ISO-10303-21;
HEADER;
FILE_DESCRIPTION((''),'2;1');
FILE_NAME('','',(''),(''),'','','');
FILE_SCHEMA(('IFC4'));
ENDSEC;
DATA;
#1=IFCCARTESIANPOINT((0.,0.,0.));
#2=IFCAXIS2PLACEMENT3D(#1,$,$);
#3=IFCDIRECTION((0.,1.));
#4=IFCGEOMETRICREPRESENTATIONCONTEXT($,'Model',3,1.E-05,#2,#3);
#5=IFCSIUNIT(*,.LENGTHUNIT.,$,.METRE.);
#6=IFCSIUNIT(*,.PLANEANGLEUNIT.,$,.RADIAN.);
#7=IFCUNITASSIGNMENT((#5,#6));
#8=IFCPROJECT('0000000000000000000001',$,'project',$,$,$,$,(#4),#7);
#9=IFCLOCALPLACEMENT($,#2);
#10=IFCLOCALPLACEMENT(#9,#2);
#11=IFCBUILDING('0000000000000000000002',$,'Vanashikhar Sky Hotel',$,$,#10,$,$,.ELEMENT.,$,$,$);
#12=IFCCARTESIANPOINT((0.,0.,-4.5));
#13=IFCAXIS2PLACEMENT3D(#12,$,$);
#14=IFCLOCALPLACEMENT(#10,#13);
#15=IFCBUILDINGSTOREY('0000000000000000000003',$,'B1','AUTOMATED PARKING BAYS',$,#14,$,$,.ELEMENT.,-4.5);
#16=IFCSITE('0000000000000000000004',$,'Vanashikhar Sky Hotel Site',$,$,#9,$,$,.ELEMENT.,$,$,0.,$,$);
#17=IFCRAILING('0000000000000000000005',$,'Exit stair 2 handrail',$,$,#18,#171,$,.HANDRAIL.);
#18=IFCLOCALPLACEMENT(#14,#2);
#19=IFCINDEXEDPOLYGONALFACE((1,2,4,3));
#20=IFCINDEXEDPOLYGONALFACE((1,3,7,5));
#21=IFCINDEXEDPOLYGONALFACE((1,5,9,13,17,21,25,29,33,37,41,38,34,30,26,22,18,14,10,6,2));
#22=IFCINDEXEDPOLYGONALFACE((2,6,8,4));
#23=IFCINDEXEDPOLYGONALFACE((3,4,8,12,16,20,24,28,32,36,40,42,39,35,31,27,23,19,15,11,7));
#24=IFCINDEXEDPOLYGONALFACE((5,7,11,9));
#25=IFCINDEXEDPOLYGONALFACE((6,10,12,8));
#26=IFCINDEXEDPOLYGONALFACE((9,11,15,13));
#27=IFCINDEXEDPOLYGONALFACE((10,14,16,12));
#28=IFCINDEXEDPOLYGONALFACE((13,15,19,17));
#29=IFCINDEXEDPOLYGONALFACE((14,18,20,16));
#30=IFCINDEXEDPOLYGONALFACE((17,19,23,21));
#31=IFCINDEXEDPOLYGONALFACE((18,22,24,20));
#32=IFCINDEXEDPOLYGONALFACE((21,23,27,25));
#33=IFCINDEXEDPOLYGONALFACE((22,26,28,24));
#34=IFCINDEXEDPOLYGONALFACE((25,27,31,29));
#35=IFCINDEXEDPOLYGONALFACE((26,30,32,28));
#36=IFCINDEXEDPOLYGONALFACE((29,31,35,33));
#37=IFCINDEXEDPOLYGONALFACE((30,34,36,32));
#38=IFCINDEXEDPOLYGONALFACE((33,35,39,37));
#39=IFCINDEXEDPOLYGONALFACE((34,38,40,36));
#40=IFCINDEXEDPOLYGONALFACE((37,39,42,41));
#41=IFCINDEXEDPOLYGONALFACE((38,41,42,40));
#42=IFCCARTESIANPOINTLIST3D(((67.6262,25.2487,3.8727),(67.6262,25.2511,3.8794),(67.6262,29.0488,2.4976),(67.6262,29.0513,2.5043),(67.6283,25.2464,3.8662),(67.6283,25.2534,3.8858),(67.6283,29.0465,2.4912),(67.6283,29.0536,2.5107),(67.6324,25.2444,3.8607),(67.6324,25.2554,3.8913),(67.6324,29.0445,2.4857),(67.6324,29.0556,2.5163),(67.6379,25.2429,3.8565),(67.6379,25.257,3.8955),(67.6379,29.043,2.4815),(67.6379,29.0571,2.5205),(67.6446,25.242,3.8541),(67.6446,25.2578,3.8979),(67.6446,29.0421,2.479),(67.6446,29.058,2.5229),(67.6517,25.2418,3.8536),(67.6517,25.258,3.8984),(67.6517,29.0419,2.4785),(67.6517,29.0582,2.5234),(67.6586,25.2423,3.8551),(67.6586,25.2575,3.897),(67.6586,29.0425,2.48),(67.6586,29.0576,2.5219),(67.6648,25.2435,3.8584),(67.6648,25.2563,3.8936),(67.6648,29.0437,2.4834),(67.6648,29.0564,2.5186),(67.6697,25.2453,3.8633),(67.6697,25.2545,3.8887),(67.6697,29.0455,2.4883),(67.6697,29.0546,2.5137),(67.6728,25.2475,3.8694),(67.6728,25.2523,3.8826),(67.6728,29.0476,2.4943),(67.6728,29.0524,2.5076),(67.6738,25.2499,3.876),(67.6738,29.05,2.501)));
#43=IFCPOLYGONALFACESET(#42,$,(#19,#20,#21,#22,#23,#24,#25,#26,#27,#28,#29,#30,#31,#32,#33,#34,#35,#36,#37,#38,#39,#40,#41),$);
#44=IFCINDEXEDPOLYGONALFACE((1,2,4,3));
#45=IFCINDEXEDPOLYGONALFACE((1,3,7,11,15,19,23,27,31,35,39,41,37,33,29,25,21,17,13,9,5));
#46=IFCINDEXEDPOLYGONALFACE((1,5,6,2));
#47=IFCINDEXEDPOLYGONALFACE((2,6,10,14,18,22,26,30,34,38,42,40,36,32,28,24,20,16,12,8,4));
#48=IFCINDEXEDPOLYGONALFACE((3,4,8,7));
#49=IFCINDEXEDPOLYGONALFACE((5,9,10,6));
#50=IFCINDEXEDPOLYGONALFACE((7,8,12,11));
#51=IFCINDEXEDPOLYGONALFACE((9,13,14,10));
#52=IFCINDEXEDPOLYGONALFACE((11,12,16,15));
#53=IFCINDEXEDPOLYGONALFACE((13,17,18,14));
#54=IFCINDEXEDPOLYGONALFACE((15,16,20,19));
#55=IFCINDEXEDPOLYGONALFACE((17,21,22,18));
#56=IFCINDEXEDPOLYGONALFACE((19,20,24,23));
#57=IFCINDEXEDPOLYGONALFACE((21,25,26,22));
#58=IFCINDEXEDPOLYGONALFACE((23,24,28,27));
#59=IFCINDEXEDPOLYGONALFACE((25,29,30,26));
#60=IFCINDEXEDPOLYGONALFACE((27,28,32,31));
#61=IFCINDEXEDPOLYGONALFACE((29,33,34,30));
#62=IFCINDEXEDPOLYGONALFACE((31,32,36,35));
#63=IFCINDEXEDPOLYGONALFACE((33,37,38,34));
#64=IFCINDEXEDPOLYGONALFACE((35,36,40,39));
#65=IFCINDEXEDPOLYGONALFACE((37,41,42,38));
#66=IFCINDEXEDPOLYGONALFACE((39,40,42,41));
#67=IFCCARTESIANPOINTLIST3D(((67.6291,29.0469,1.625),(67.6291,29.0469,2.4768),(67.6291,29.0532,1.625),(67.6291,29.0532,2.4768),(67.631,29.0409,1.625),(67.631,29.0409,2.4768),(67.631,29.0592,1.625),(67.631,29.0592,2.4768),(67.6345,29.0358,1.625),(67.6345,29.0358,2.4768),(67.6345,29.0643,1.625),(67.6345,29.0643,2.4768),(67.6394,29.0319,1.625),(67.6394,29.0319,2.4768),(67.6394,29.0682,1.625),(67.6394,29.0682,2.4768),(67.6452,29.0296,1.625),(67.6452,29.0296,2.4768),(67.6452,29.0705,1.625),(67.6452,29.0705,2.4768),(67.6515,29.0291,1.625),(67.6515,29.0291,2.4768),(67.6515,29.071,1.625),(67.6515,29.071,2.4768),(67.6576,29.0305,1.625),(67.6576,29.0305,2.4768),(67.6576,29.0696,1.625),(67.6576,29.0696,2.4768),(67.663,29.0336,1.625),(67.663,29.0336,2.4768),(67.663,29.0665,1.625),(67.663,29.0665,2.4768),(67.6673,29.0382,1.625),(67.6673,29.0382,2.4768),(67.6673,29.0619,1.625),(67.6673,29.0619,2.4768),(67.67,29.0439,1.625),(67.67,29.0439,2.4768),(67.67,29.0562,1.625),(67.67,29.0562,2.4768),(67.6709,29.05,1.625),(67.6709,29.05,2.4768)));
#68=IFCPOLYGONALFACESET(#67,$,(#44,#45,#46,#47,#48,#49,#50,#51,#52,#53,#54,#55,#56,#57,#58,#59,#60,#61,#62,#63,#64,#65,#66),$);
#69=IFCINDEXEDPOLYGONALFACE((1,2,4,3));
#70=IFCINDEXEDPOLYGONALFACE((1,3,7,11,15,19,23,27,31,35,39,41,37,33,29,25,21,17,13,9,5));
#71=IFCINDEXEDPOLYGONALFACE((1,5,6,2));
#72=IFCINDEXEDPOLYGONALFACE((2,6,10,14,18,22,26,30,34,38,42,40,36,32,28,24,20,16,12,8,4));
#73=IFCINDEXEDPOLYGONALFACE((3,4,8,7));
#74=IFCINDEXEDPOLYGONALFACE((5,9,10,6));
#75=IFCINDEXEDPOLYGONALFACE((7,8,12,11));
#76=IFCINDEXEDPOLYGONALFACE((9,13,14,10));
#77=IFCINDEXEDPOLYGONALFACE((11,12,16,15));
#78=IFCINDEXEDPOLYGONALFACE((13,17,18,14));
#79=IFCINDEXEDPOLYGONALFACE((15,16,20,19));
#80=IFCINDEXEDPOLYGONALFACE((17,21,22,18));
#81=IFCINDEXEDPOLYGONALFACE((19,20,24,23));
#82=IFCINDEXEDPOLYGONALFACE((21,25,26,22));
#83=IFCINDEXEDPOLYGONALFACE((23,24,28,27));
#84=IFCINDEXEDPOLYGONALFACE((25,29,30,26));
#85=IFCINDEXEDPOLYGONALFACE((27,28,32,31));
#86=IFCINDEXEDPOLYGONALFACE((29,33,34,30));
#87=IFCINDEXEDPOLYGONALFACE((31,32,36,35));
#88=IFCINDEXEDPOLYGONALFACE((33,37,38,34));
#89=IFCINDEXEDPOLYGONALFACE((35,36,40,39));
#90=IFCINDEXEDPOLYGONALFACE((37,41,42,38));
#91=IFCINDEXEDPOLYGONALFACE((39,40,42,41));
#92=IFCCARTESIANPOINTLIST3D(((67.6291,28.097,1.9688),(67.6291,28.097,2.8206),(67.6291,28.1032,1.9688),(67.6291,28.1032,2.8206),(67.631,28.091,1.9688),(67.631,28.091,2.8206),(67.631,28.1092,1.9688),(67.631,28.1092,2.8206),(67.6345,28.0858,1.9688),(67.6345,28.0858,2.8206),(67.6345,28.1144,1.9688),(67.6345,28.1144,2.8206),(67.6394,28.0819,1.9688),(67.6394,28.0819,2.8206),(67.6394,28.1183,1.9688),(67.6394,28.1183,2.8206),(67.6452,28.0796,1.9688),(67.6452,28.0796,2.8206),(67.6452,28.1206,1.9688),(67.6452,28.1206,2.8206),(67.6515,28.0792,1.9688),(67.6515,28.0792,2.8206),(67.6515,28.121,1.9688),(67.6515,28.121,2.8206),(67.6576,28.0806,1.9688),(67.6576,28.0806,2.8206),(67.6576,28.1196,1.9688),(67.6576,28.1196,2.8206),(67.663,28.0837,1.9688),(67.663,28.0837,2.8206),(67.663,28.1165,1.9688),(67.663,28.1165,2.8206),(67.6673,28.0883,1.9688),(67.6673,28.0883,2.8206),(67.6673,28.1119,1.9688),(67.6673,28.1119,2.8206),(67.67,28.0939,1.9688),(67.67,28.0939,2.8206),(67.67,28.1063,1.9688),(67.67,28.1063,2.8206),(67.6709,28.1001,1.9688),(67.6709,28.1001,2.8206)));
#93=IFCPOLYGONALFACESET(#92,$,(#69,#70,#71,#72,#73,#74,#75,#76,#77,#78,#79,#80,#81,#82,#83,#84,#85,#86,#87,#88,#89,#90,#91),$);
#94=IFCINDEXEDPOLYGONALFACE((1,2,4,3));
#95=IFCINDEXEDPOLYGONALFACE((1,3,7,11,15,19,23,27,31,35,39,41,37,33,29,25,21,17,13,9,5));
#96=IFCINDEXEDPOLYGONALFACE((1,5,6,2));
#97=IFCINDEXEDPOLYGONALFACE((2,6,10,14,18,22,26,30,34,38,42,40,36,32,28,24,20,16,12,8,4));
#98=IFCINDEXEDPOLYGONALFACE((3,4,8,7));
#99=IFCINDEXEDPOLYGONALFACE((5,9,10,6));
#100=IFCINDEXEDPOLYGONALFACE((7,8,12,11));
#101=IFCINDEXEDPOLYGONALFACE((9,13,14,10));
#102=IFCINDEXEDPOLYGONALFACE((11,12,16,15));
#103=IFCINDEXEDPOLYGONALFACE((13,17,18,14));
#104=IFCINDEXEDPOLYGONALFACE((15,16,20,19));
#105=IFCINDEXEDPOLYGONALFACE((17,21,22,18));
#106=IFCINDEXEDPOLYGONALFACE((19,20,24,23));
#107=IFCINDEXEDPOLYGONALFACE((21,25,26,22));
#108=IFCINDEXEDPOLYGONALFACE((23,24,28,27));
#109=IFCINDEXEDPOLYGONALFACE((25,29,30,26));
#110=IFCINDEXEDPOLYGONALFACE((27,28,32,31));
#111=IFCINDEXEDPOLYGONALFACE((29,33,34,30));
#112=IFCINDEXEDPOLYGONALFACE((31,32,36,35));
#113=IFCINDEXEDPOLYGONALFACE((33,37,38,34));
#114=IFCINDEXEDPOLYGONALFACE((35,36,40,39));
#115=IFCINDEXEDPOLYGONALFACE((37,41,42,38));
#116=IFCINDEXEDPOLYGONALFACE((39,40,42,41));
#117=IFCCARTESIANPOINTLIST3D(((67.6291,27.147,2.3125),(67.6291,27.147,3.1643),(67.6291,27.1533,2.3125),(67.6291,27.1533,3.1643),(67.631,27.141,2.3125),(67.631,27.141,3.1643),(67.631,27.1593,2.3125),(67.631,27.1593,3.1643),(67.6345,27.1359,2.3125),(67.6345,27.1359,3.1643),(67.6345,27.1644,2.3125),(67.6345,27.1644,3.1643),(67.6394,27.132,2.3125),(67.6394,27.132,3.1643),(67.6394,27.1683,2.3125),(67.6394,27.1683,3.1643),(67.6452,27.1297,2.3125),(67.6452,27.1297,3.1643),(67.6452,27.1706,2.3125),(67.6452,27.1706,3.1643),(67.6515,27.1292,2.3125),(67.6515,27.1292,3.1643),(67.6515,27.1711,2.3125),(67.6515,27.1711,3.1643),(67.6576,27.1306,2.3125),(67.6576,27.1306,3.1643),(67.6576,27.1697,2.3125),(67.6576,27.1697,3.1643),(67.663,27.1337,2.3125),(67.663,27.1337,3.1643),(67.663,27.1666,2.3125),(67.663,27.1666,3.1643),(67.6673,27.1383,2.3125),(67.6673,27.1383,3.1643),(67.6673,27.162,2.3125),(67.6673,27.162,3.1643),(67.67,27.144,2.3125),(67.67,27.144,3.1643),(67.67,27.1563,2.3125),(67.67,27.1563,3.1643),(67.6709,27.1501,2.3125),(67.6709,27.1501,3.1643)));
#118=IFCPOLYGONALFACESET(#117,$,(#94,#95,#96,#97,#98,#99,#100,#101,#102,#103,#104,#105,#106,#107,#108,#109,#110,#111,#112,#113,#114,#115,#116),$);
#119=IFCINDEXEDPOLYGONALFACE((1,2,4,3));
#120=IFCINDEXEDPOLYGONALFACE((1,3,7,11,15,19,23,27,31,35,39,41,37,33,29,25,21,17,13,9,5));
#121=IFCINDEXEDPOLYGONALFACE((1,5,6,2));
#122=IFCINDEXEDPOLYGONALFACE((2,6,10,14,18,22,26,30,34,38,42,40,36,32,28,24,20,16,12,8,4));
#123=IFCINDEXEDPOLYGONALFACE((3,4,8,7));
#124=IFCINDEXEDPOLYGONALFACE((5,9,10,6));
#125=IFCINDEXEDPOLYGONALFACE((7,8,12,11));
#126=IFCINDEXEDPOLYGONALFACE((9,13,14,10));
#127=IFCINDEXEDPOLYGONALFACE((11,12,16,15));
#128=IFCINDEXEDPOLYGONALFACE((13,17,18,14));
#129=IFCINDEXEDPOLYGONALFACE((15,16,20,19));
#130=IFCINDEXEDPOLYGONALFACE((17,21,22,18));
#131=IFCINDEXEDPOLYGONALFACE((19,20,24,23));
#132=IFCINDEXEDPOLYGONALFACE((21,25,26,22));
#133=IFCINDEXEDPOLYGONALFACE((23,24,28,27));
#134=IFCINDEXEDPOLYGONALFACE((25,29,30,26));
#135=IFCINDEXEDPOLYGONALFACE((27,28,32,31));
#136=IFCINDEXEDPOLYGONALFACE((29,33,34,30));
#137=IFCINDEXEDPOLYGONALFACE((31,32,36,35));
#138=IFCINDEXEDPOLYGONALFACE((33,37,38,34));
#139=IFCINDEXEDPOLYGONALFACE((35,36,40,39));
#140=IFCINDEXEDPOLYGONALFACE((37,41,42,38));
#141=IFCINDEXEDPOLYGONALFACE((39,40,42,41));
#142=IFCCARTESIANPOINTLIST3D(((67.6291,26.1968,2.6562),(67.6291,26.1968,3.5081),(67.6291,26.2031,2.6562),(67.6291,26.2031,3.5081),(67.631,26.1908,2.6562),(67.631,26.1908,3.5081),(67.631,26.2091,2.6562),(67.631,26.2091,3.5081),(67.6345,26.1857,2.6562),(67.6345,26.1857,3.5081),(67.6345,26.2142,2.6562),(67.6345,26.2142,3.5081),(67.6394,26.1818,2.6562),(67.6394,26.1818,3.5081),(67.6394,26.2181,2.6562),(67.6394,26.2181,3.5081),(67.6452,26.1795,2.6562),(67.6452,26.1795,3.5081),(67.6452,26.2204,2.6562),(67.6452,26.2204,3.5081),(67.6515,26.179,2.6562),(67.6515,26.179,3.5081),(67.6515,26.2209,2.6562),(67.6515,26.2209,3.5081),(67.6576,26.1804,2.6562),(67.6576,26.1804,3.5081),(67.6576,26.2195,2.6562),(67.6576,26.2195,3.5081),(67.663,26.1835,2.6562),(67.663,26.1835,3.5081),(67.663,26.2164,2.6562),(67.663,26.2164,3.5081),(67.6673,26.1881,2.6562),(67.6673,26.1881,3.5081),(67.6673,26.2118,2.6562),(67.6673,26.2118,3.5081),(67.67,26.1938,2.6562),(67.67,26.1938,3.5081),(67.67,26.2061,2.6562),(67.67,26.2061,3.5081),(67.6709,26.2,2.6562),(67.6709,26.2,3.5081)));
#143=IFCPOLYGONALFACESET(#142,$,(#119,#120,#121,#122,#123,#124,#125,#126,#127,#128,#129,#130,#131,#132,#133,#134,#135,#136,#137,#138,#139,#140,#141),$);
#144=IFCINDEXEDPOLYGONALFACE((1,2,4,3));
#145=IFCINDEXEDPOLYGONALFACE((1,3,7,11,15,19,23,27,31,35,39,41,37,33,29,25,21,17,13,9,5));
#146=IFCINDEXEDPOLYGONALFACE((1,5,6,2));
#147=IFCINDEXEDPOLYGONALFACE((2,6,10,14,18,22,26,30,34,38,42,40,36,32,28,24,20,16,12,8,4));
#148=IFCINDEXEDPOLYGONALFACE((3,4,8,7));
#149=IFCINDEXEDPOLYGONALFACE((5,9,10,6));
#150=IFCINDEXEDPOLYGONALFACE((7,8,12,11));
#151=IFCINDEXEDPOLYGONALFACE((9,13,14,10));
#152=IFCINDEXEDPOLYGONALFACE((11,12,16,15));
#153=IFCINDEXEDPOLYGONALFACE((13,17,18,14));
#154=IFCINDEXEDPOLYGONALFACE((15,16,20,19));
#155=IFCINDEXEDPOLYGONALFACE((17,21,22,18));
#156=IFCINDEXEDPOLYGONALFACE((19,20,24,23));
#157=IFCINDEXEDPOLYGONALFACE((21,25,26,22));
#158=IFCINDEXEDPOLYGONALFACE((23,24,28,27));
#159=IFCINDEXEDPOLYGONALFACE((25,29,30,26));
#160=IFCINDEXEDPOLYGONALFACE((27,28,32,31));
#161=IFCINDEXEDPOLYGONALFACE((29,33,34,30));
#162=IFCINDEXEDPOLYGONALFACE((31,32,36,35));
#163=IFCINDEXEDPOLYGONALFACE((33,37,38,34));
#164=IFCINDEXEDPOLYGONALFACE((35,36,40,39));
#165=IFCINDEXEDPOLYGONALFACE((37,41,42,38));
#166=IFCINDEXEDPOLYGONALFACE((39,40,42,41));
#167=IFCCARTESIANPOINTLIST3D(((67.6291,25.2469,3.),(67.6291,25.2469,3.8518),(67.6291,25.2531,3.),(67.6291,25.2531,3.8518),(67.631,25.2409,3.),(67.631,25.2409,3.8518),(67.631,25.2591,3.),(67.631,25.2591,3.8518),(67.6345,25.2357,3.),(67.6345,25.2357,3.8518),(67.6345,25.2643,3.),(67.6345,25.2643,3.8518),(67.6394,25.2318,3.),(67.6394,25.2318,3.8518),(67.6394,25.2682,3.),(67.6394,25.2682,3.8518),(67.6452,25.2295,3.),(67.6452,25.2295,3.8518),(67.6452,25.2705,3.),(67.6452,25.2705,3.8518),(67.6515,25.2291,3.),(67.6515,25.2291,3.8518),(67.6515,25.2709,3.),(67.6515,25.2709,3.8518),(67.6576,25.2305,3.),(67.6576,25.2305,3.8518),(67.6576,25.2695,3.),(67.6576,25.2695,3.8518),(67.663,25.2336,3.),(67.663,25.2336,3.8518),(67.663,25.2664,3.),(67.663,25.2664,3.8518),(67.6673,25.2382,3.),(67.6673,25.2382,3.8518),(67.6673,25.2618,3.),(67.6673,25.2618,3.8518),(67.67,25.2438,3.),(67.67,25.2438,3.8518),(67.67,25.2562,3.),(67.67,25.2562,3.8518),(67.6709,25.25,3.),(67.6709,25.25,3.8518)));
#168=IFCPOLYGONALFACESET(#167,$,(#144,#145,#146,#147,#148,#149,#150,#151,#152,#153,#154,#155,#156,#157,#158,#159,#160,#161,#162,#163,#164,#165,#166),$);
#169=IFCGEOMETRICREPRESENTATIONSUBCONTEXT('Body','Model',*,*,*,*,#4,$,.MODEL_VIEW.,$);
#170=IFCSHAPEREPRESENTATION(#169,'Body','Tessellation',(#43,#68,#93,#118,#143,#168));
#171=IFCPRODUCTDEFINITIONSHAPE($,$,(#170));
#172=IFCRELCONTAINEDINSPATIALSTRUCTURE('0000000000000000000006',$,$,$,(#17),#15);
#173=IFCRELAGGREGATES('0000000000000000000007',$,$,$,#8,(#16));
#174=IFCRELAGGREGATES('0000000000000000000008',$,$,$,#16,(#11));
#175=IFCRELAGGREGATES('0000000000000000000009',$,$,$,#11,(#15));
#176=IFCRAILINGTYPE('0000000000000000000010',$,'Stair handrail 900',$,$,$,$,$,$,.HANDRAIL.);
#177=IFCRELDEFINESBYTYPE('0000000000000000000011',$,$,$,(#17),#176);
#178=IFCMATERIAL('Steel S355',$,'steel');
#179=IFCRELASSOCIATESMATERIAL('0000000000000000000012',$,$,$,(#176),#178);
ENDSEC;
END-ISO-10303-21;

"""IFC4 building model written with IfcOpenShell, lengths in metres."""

from ifc_helpers import new_model, si_unit, direction, frame, origin, origin_2d, place, context, subcontext, project, spatial, circle, extrude, source, transform, mapped, material, type_object, element, save


model = new_model("IFC4")

# Units and contexts
model_context = context("Model", 3, precision=1e-05, world=origin(), true_north=direction((0.0, 1.0)))
body_context = subcontext(model_context, "Body", "Model", "MODEL_VIEW")
ifc_project = project(units=[si_unit("LENGTHUNIT", "METRE"), si_unit("PLANEANGLEUNIT", "RADIAN")], contexts=[model_context])

# Site, building, storey
site_placement = place(None, origin())
site = spatial("IfcSite", under=ifc_project, at=site_placement, Name="Vanashikhar Sky Hotel Site", CompositionType="ELEMENT", RefElevation=0.0)
building_placement = place(site_placement, origin())
building = spatial("IfcBuilding", under=site, at=building_placement, Name="Vanashikhar Sky Hotel", CompositionType="ELEMENT")
storey_placement = place(building_placement, frame((0.0, 0.0, -4.5)))
storey = spatial("IfcBuildingStorey", under=building, at=storey_placement, Name="B1", Description="AUTOMATED PARKING BAYS", CompositionType="ELEMENT", Elevation=-4.5)

# Railing
ifc_material_1 = material(Name="Steel S355", Category="steel")
railing_type_1 = type_object("IfcRailingType", Name="Stair handrail 900", PredefinedType="HANDRAIL", material=ifc_material_1)
shared_shape_1 = source(origin(), body_context, "Body", "SweptSolid", [
    extrude(circle(Radius=0.0239, at=origin_2d()), frame((0.0, 0.0, 0.876), z_axis=(0.0, -0.940336, 0.340249), x_axis=(1.0, 0.0, 0.0)), (0.0, 0.0, 1.0), 4.0413),
    extrude(circle(Radius=0.021, at=origin_2d()), origin(), (0.0, 0.0, 1.0), 0.8518),
    extrude(circle(Radius=0.021, at=origin_2d()), frame((0.0, -0.95, 0.3438)), (0.0, 0.0, 1.0), 0.8518),
    extrude(circle(Radius=0.021, at=origin_2d()), frame((0.0, -1.8999, 0.6875)), (0.0, 0.0, 1.0), 0.8518),
    extrude(circle(Radius=0.021, at=origin_2d()), frame((0.0, -2.8501, 1.0312)), (0.0, 0.0, 1.0), 0.8518),
    extrude(circle(Radius=0.021, at=origin_2d()), frame((0.0, -3.8, 1.375)), (0.0, 0.0, 1.0), 0.8518),
])
railing_1_placement = place(storey_placement, frame((67.6499, 29.05, 1.625)))
element("IfcRailing", 1, at=railing_1_placement, inside=storey, type_object=railing_type_1, Name="Exit stair 2 handrail", PredefinedType="HANDRAIL", context=body_context, shape_type="MappedRepresentation", body=[
    mapped(shared_shape_1, transform((0.0, 0.0, 0.0), scale=1.0)),
])

save(model, "model.ifc")
